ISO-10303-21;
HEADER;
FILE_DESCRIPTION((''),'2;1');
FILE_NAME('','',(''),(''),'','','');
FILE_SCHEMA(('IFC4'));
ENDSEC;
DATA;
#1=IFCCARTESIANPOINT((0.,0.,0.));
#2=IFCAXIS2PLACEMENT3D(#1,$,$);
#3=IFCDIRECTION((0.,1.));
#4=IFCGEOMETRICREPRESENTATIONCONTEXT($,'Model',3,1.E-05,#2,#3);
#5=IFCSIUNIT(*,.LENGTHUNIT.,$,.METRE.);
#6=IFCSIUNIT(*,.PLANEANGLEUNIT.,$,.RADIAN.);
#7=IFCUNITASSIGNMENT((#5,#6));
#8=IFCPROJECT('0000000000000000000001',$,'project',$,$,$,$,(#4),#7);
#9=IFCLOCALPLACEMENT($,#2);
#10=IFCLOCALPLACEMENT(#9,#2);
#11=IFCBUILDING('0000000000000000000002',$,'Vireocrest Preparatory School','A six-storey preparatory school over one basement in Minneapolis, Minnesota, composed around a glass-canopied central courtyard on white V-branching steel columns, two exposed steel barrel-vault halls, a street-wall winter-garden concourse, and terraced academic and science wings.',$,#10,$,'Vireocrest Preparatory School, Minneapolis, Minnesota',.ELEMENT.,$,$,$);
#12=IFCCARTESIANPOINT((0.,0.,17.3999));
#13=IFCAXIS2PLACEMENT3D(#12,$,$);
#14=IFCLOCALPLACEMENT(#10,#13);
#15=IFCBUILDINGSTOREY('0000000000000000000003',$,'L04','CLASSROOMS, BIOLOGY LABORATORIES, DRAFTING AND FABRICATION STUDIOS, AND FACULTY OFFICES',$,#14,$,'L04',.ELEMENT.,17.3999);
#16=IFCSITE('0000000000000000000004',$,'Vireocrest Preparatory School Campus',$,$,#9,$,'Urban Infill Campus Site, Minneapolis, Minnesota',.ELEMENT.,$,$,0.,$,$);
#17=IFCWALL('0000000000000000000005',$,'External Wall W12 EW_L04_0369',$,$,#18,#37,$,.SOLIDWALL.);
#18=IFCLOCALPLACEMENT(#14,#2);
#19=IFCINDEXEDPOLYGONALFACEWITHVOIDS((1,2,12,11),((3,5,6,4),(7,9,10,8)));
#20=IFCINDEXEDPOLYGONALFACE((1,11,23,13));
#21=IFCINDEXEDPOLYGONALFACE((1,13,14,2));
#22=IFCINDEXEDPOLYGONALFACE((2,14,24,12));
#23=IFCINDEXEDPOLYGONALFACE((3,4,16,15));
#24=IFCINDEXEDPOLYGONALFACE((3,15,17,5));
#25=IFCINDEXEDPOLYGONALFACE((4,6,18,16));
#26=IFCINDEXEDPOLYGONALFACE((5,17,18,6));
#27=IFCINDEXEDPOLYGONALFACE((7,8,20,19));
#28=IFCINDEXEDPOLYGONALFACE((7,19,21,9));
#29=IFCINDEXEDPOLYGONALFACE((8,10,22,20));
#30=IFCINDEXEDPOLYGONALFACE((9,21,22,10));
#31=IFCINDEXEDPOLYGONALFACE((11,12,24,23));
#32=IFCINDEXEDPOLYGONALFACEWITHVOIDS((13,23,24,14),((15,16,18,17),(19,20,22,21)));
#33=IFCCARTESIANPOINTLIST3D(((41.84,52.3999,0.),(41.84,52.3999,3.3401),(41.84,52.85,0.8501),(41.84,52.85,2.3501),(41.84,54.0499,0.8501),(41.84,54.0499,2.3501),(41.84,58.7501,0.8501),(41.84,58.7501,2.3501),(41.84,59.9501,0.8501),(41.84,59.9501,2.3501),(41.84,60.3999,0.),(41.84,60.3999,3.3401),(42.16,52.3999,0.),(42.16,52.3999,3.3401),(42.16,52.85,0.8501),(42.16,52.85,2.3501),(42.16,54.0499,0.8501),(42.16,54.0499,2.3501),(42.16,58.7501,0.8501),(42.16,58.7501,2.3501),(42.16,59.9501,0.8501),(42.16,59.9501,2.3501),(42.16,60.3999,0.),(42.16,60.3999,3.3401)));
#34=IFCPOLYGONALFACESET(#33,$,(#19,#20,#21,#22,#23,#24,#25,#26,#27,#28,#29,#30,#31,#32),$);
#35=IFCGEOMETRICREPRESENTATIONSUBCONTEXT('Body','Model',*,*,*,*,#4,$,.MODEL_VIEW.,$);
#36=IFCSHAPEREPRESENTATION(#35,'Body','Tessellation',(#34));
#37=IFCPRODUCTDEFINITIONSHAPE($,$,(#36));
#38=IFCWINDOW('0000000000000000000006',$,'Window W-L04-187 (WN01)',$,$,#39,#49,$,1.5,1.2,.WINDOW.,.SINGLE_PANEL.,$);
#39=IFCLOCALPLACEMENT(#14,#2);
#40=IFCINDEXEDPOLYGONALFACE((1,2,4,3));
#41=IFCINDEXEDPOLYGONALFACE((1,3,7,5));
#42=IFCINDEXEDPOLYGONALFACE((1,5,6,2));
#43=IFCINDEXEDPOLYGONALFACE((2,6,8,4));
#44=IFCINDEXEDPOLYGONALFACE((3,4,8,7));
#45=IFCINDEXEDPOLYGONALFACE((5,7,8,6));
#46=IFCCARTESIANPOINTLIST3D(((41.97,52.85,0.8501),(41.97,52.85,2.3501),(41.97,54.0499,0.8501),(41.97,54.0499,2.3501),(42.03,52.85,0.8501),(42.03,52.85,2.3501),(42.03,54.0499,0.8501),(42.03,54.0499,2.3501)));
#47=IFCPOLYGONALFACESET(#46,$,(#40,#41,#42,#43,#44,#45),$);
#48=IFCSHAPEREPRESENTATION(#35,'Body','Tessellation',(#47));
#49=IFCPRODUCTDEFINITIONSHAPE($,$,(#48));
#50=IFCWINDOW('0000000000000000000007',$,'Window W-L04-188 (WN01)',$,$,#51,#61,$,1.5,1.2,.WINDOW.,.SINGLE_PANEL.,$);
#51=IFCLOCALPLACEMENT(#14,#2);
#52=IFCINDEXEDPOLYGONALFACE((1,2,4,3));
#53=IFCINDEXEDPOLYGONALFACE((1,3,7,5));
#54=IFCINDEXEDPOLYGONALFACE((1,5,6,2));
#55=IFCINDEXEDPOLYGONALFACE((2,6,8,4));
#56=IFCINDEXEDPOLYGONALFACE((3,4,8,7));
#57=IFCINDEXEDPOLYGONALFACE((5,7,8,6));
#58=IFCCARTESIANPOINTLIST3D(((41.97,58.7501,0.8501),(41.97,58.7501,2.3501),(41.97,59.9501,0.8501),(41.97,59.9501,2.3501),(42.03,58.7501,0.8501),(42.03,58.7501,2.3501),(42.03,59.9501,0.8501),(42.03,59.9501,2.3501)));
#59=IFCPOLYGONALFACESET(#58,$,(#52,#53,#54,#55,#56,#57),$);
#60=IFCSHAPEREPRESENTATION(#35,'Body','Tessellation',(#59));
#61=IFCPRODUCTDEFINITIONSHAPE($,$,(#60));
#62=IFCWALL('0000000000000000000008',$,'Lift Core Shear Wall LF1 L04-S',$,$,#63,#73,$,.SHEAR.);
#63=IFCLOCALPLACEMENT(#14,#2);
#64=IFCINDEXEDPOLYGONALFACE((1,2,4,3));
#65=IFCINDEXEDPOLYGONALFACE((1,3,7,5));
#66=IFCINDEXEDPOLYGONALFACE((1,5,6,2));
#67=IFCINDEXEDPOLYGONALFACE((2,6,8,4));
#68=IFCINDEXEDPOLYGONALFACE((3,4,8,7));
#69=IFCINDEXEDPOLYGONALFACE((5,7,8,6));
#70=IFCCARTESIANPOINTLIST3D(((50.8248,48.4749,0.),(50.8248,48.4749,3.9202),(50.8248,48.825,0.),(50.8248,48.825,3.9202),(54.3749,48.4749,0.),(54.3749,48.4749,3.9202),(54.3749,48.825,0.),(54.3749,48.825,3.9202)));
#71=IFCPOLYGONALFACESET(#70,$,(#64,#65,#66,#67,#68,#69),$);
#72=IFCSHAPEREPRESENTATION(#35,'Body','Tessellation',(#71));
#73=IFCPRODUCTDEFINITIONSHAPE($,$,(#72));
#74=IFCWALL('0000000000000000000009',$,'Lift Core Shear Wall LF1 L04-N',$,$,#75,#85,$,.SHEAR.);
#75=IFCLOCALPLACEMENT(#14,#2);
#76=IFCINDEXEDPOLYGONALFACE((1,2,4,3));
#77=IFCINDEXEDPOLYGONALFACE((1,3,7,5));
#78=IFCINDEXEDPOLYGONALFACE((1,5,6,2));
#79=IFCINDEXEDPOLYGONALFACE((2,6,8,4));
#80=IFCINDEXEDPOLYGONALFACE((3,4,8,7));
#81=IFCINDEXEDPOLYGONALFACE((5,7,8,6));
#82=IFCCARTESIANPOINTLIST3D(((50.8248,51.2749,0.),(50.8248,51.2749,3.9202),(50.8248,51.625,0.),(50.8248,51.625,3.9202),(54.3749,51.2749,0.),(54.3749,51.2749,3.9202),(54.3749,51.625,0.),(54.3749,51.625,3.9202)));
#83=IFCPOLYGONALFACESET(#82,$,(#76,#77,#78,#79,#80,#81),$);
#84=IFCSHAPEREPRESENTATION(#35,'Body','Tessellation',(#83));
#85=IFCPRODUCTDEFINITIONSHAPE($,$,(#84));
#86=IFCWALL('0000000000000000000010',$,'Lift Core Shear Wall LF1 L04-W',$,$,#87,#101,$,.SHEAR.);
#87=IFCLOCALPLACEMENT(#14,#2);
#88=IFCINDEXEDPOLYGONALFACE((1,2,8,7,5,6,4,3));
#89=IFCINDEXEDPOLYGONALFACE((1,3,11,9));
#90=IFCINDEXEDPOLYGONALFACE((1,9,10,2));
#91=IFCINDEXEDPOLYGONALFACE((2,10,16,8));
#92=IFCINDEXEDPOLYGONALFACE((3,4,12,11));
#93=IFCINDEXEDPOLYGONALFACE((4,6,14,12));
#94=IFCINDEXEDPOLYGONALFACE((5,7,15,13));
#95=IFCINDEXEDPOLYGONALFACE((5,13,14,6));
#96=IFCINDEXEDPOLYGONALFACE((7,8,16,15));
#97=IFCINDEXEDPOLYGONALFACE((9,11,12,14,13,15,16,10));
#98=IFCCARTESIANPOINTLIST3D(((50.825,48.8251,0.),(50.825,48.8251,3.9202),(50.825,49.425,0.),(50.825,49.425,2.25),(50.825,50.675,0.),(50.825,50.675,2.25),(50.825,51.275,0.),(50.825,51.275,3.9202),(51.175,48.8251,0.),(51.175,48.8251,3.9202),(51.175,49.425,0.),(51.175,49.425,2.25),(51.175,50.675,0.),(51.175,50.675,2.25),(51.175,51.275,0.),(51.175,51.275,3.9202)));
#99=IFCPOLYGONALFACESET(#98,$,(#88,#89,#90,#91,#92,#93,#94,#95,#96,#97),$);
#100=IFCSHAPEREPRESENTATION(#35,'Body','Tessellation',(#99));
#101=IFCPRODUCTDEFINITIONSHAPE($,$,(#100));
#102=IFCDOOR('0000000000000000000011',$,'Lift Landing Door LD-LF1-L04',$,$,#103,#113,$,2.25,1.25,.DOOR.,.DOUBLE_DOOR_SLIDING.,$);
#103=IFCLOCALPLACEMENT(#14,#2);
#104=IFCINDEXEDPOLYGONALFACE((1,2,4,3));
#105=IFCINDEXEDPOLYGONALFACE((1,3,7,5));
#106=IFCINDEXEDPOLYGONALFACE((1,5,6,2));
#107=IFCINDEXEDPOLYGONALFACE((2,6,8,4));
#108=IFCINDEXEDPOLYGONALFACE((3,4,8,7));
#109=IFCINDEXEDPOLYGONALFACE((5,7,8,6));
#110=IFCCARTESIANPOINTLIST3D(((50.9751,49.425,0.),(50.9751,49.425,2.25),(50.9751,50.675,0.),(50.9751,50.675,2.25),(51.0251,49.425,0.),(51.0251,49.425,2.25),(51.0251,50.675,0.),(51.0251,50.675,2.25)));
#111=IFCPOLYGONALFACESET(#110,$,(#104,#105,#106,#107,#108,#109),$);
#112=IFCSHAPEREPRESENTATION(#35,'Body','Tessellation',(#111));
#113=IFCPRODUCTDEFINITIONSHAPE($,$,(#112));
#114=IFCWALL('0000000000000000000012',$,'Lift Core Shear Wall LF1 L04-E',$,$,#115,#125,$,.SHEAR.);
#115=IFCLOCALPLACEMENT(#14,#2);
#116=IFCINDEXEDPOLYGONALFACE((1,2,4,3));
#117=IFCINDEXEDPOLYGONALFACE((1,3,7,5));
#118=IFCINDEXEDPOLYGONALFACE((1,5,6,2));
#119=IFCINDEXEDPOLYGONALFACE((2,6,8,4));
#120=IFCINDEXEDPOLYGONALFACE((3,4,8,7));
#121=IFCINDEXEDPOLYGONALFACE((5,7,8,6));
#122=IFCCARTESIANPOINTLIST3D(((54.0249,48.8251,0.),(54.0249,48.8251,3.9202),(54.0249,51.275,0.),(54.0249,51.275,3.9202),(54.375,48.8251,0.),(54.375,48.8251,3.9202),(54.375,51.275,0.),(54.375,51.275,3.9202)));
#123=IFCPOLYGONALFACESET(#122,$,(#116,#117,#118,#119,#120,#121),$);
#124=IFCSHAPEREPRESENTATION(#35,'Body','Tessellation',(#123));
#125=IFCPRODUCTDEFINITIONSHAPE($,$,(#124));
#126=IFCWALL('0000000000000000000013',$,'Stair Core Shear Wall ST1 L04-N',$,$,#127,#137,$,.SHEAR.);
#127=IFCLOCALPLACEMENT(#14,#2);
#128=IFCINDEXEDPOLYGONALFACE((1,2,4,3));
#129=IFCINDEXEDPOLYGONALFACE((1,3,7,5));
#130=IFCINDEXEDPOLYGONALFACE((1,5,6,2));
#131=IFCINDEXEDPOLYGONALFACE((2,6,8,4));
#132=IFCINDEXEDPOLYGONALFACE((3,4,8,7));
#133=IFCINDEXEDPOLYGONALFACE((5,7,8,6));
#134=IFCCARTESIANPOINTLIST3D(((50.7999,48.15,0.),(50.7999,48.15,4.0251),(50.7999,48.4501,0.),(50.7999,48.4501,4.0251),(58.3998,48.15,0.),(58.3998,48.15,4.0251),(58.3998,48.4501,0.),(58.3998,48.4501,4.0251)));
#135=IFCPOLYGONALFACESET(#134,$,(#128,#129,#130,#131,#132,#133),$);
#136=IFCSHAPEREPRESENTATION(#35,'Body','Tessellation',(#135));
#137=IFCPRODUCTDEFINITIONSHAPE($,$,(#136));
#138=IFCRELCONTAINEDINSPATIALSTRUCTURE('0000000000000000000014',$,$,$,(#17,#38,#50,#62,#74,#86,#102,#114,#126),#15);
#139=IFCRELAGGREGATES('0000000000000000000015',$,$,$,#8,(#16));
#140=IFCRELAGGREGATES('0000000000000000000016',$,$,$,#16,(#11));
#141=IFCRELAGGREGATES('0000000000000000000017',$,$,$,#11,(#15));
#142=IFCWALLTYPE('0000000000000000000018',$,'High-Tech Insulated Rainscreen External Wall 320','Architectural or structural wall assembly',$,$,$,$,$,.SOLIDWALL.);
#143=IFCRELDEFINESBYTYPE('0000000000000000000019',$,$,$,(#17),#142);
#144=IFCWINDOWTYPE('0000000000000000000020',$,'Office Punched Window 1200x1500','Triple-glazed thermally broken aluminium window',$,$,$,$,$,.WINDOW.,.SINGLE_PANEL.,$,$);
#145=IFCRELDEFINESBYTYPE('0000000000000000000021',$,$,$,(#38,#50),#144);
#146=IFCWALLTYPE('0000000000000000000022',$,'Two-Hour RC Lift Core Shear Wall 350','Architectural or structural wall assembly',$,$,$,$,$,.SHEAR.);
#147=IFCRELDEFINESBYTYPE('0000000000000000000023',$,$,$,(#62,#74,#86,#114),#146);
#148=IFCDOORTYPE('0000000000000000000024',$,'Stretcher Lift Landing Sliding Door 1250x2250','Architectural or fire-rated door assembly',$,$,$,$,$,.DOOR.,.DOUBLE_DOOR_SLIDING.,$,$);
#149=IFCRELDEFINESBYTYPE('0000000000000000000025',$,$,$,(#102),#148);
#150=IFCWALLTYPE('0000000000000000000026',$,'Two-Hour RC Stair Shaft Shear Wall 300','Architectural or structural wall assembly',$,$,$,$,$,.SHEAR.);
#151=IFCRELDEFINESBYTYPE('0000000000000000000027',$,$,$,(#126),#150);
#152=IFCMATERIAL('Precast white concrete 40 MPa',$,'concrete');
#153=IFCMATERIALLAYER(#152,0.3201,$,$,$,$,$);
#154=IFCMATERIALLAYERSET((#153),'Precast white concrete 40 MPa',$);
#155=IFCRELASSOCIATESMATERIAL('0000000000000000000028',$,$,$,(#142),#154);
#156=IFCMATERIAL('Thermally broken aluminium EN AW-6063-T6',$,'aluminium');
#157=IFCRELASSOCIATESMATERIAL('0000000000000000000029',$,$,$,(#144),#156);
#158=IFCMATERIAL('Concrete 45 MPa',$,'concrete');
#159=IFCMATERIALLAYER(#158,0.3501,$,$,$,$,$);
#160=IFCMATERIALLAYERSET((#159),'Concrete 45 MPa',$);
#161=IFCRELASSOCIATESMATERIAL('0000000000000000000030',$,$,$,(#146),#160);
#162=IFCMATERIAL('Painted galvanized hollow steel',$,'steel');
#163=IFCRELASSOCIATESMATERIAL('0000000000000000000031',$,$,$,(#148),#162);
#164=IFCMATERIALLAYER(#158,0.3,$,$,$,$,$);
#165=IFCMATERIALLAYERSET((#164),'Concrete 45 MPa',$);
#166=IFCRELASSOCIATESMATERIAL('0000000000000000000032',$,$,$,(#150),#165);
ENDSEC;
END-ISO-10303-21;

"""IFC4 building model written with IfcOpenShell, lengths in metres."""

from ifc_helpers import new_model, si_unit, direction, frame, frame_2d, origin, place, context, subcontext, project, spatial, rectangle, extrude, material, layer, layer_set, type_object, element, fill, save


model = new_model("IFC4")

# Units and contexts
model_context = context("Model", 3, precision=1e-05, world=origin(), true_north=direction((0.0, 1.0)))
body_context = subcontext(model_context, "Body", "Model", "MODEL_VIEW")
ifc_project = project(units=[si_unit("LENGTHUNIT", "METRE"), si_unit("PLANEANGLEUNIT", "RADIAN")], contexts=[model_context])

# Site, building, storey
site_placement = place(None, origin())
site = spatial("IfcSite", under=ifc_project, at=site_placement, Name="Vireocrest Preparatory School Campus", LongName="Urban Infill Campus Site, Minneapolis, Minnesota", CompositionType="ELEMENT", RefElevation=0.0)
building_placement = place(site_placement, origin())
building = spatial("IfcBuilding", under=site, at=building_placement, Name="Vireocrest Preparatory School", Description="A six-storey preparatory school over one basement in Minneapolis, Minnesota, composed around a glass-canopied central courtyard on white V-branching steel columns, two exposed steel barrel-vault halls, a street-wall winter-garden concourse, and terraced academic and science wings.", LongName="Vireocrest Preparatory School, Minneapolis, Minnesota", CompositionType="ELEMENT")
storey_placement = place(building_placement, frame((0.0, 0.0, 17.3999)))
storey = spatial("IfcBuildingStorey", under=building, at=storey_placement, Name="L04", Description="CLASSROOMS, BIOLOGY LABORATORIES, DRAFTING AND FABRICATION STUDIOS, AND FACULTY OFFICES", LongName="L04", CompositionType="ELEMENT", Elevation=17.3999)

# Shared definitions
ifc_material_1 = material(Name="Concrete 45 MPa", Category="concrete")

# Shared definitions
ifc_material_2 = material(Name="Thermally broken aluminium EN AW-6063-T6", Category="aluminium")

# Wall, openings, windows
ifc_material_3 = material(Name="Precast white concrete 40 MPa", Category="concrete")
ifc_layer_1 = layer(ifc_material_3, 0.3201)
ifc_layer_set_1 = layer_set([ifc_layer_1], Name="Precast white concrete 40 MPa")
wall_type_1 = type_object("IfcWallType", Name="High-Tech Insulated Rainscreen External Wall 320", Description="Architectural or structural wall assembly", PredefinedType="SOLIDWALL", material=ifc_layer_set_1)
wall_1_placement = place(storey_placement, frame((42.0, 52.3999, 0.0), z_axis=(0.0, 0.0, 1.0), x_axis=(0.0, 1.0, 0.0)))
wall_1 = element("IfcWall", 1, at=wall_1_placement, inside=storey, type_object=wall_type_1, Name="External Wall W12 EW_L04_0369", PredefinedType="SOLIDWALL", context=body_context, shape_type="SweptSolid", body=[
    extrude(rectangle(XDim=8.0, YDim=0.3201, at=frame_2d((4.0, 0.0))), origin(), (0.0, 0.0, 1.0), 3.3401),
])
opening_1_placement = place(wall_1_placement, frame((0.45, 0.0, 0.8501)))
opening_1 = element("IfcOpeningElement", 2, at=opening_1_placement, cuts=wall_1, PredefinedType="OPENING", context=body_context, shape_type="SweptSolid", body=[
    extrude(rectangle(XDim=1.2, YDim=1.5, at=frame_2d((0.6001, 0.75))), frame((0.0, 0.1699, 0.0), z_axis=(0.0, -1.0, 0.0), x_axis=(1.0, 0.0, 0.0)), (0.0, 0.0, 1.0), 0.3401),
])
opening_2_placement = place(wall_1_placement, frame((6.3501, 0.0, 0.8501)))
opening_2 = element("IfcOpeningElement", 3, at=opening_2_placement, cuts=wall_1, PredefinedType="OPENING", context=body_context, shape_type="SweptSolid", body=[
    extrude(rectangle(XDim=1.2, YDim=1.5, at=frame_2d((0.6001, 0.75))), frame((0.0, 0.1699, 0.0), z_axis=(0.0, -1.0, 0.0), x_axis=(1.0, 0.0, 0.0)), (0.0, 0.0, 1.0), 0.3401),
])
window_type = type_object("IfcWindowType", Name="Office Punched Window 1200x1500", Description="Triple-glazed thermally broken aluminium window", PartitioningType="SINGLE_PANEL", PredefinedType="WINDOW", material=ifc_material_2)
window_1_placement = place(opening_1_placement, origin())
window_1 = element("IfcWindow", 4, at=window_1_placement, inside=storey, type_object=window_type, Name="Window W-L04-187 (WN01)", OverallHeight=1.5, OverallWidth=1.2, PartitioningType="SINGLE_PANEL", PredefinedType="WINDOW", context=body_context, shape_type="SweptSolid", body=[
    extrude(rectangle(XDim=1.2, YDim=1.5, at=frame_2d((0.6001, 0.75))), frame((0.0, 0.03, 0.0), z_axis=(0.0, -1.0, 0.0), x_axis=(1.0, 0.0, 0.0)), (0.0, 0.0, 1.0), 0.0601),
])
fill(opening_1, window_1)
window_2_placement = place(opening_2_placement, origin())
window_2 = element("IfcWindow", 5, at=window_2_placement, inside=storey, type_object=window_type, Name="Window W-L04-188 (WN01)", OverallHeight=1.5, OverallWidth=1.2, PartitioningType="SINGLE_PANEL", PredefinedType="WINDOW", context=body_context, shape_type="SweptSolid", body=[
    extrude(rectangle(XDim=1.2, YDim=1.5, at=frame_2d((0.6001, 0.75))), frame((0.0, 0.03, 0.0), z_axis=(0.0, -1.0, 0.0), x_axis=(1.0, 0.0, 0.0)), (0.0, 0.0, 1.0), 0.0601),
])
fill(opening_2, window_2)

# Walls
ifc_layer_2 = layer(ifc_material_1, 0.3501)
ifc_layer_set_2 = layer_set([ifc_layer_2], Name="Concrete 45 MPa")
wall_type_2 = type_object("IfcWallType", Name="Two-Hour RC Lift Core Shear Wall 350", Description="Architectural or structural wall assembly", PredefinedType="SHEAR", material=ifc_layer_set_2)
for number, where, z_axis, x_axis, name in (
    (6, (50.825, 48.6499, 0.0), (0.0, 0.0, 1.0), (1.0, 0.0, 0.0), "Lift Core Shear Wall LF1 L04-S"),
    (7, (50.825, 51.45, 0.0), (0.0, 0.0, 1.0), (1.0, 0.0, 0.0), "Lift Core Shear Wall LF1 L04-N"),
):
    element("IfcWall", number, at=place(storey_placement, frame(where, z_axis=z_axis, x_axis=x_axis)), inside=storey, type_object=wall_type_2, Name=name, PredefinedType="SHEAR", context=body_context, shape_type="SweptSolid", body=[
        extrude(rectangle(XDim=3.55, YDim=0.3501, at=frame_2d((1.7749, 0.0))), origin(), (0.0, 0.0, 1.0), 3.9202),
    ])

# Wall, opening, door
wall_2_placement = place(storey_placement, frame((51.0, 48.825, 0.0), z_axis=(0.0, 0.0, 1.0), x_axis=(0.0, 1.0, 0.0)))
wall_2 = element("IfcWall", 8, at=wall_2_placement, inside=storey, type_object=wall_type_2, Name="Lift Core Shear Wall LF1 L04-W", PredefinedType="SHEAR", context=body_context, shape_type="SweptSolid", body=[
    extrude(rectangle(XDim=2.45, YDim=0.3501, at=frame_2d((1.2251, 0.0))), origin(), (0.0, 0.0, 1.0), 3.9202),
])
opening_3_placement = place(wall_2_placement, frame((0.6001, 0.0, 0.0)))
opening_3 = element("IfcOpeningElement", 9, at=opening_3_placement, cuts=wall_2, PredefinedType="OPENING", context=body_context, shape_type="SweptSolid", body=[
    extrude(rectangle(XDim=1.25, YDim=2.25, at=frame_2d((0.625, 1.125))), frame((0.0, 0.1851, 0.0), z_axis=(0.0, -1.0, 0.0), x_axis=(1.0, 0.0, 0.0)), (0.0, 0.0, 1.0), 0.3701),
])
ifc_material_4 = material(Name="Painted galvanized hollow steel", Category="steel")
door_type_1 = type_object("IfcDoorType", Name="Stretcher Lift Landing Sliding Door 1250x2250", Description="Architectural or fire-rated door assembly", OperationType="DOUBLE_DOOR_SLIDING", PredefinedType="DOOR", material=ifc_material_4)
door_1_placement = place(opening_3_placement, origin())
door_1 = element("IfcDoor", 10, at=door_1_placement, inside=storey, type_object=door_type_1, Name="Lift Landing Door LD-LF1-L04", OperationType="DOUBLE_DOOR_SLIDING", OverallHeight=2.25, OverallWidth=1.25, PredefinedType="DOOR", context=body_context, shape_type="SweptSolid", body=[
    extrude(rectangle(XDim=1.25, YDim=2.25, at=frame_2d((0.625, 1.125))), frame((0.0, 0.0249, 0.0), z_axis=(0.0, -1.0, 0.0), x_axis=(1.0, 0.0, 0.0)), (0.0, 0.0, 1.0), 0.05),
])
fill(opening_3, door_1)

# Walls
wall_3_placement = place(storey_placement, frame((54.2, 48.825, 0.0), z_axis=(0.0, 0.0, 1.0), x_axis=(0.0, 1.0, 0.0)))
element("IfcWall", 11, at=wall_3_placement, inside=storey, type_object=wall_type_2, Name="Lift Core Shear Wall LF1 L04-E", PredefinedType="SHEAR", context=body_context, shape_type="SweptSolid", body=[
    extrude(rectangle(XDim=2.45, YDim=0.3501, at=frame_2d((1.2251, 0.0))), origin(), (0.0, 0.0, 1.0), 3.9202),
])
ifc_layer_3 = layer(ifc_material_1, 0.3)
ifc_layer_set_3 = layer_set([ifc_layer_3], Name="Concrete 45 MPa")
wall_type_3 = type_object("IfcWallType", Name="Two-Hour RC Stair Shaft Shear Wall 300", Description="Architectural or structural wall assembly", PredefinedType="SHEAR", material=ifc_layer_set_3)
wall_4_placement = place(storey_placement, frame((50.8, 48.3, 0.0), z_axis=(0.0, 0.0, 1.0), x_axis=(1.0, 0.0, 0.0)))
element("IfcWall", 12, at=wall_4_placement, inside=storey, type_object=wall_type_3, Name="Stair Core Shear Wall ST1 L04-N", PredefinedType="SHEAR", context=body_context, shape_type="SweptSolid", body=[
    extrude(rectangle(XDim=7.5999, YDim=0.3, at=frame_2d((3.7998, 0.0))), origin(), (0.0, 0.0, 1.0), 4.0251),
])

save(model, "model.ifc")
